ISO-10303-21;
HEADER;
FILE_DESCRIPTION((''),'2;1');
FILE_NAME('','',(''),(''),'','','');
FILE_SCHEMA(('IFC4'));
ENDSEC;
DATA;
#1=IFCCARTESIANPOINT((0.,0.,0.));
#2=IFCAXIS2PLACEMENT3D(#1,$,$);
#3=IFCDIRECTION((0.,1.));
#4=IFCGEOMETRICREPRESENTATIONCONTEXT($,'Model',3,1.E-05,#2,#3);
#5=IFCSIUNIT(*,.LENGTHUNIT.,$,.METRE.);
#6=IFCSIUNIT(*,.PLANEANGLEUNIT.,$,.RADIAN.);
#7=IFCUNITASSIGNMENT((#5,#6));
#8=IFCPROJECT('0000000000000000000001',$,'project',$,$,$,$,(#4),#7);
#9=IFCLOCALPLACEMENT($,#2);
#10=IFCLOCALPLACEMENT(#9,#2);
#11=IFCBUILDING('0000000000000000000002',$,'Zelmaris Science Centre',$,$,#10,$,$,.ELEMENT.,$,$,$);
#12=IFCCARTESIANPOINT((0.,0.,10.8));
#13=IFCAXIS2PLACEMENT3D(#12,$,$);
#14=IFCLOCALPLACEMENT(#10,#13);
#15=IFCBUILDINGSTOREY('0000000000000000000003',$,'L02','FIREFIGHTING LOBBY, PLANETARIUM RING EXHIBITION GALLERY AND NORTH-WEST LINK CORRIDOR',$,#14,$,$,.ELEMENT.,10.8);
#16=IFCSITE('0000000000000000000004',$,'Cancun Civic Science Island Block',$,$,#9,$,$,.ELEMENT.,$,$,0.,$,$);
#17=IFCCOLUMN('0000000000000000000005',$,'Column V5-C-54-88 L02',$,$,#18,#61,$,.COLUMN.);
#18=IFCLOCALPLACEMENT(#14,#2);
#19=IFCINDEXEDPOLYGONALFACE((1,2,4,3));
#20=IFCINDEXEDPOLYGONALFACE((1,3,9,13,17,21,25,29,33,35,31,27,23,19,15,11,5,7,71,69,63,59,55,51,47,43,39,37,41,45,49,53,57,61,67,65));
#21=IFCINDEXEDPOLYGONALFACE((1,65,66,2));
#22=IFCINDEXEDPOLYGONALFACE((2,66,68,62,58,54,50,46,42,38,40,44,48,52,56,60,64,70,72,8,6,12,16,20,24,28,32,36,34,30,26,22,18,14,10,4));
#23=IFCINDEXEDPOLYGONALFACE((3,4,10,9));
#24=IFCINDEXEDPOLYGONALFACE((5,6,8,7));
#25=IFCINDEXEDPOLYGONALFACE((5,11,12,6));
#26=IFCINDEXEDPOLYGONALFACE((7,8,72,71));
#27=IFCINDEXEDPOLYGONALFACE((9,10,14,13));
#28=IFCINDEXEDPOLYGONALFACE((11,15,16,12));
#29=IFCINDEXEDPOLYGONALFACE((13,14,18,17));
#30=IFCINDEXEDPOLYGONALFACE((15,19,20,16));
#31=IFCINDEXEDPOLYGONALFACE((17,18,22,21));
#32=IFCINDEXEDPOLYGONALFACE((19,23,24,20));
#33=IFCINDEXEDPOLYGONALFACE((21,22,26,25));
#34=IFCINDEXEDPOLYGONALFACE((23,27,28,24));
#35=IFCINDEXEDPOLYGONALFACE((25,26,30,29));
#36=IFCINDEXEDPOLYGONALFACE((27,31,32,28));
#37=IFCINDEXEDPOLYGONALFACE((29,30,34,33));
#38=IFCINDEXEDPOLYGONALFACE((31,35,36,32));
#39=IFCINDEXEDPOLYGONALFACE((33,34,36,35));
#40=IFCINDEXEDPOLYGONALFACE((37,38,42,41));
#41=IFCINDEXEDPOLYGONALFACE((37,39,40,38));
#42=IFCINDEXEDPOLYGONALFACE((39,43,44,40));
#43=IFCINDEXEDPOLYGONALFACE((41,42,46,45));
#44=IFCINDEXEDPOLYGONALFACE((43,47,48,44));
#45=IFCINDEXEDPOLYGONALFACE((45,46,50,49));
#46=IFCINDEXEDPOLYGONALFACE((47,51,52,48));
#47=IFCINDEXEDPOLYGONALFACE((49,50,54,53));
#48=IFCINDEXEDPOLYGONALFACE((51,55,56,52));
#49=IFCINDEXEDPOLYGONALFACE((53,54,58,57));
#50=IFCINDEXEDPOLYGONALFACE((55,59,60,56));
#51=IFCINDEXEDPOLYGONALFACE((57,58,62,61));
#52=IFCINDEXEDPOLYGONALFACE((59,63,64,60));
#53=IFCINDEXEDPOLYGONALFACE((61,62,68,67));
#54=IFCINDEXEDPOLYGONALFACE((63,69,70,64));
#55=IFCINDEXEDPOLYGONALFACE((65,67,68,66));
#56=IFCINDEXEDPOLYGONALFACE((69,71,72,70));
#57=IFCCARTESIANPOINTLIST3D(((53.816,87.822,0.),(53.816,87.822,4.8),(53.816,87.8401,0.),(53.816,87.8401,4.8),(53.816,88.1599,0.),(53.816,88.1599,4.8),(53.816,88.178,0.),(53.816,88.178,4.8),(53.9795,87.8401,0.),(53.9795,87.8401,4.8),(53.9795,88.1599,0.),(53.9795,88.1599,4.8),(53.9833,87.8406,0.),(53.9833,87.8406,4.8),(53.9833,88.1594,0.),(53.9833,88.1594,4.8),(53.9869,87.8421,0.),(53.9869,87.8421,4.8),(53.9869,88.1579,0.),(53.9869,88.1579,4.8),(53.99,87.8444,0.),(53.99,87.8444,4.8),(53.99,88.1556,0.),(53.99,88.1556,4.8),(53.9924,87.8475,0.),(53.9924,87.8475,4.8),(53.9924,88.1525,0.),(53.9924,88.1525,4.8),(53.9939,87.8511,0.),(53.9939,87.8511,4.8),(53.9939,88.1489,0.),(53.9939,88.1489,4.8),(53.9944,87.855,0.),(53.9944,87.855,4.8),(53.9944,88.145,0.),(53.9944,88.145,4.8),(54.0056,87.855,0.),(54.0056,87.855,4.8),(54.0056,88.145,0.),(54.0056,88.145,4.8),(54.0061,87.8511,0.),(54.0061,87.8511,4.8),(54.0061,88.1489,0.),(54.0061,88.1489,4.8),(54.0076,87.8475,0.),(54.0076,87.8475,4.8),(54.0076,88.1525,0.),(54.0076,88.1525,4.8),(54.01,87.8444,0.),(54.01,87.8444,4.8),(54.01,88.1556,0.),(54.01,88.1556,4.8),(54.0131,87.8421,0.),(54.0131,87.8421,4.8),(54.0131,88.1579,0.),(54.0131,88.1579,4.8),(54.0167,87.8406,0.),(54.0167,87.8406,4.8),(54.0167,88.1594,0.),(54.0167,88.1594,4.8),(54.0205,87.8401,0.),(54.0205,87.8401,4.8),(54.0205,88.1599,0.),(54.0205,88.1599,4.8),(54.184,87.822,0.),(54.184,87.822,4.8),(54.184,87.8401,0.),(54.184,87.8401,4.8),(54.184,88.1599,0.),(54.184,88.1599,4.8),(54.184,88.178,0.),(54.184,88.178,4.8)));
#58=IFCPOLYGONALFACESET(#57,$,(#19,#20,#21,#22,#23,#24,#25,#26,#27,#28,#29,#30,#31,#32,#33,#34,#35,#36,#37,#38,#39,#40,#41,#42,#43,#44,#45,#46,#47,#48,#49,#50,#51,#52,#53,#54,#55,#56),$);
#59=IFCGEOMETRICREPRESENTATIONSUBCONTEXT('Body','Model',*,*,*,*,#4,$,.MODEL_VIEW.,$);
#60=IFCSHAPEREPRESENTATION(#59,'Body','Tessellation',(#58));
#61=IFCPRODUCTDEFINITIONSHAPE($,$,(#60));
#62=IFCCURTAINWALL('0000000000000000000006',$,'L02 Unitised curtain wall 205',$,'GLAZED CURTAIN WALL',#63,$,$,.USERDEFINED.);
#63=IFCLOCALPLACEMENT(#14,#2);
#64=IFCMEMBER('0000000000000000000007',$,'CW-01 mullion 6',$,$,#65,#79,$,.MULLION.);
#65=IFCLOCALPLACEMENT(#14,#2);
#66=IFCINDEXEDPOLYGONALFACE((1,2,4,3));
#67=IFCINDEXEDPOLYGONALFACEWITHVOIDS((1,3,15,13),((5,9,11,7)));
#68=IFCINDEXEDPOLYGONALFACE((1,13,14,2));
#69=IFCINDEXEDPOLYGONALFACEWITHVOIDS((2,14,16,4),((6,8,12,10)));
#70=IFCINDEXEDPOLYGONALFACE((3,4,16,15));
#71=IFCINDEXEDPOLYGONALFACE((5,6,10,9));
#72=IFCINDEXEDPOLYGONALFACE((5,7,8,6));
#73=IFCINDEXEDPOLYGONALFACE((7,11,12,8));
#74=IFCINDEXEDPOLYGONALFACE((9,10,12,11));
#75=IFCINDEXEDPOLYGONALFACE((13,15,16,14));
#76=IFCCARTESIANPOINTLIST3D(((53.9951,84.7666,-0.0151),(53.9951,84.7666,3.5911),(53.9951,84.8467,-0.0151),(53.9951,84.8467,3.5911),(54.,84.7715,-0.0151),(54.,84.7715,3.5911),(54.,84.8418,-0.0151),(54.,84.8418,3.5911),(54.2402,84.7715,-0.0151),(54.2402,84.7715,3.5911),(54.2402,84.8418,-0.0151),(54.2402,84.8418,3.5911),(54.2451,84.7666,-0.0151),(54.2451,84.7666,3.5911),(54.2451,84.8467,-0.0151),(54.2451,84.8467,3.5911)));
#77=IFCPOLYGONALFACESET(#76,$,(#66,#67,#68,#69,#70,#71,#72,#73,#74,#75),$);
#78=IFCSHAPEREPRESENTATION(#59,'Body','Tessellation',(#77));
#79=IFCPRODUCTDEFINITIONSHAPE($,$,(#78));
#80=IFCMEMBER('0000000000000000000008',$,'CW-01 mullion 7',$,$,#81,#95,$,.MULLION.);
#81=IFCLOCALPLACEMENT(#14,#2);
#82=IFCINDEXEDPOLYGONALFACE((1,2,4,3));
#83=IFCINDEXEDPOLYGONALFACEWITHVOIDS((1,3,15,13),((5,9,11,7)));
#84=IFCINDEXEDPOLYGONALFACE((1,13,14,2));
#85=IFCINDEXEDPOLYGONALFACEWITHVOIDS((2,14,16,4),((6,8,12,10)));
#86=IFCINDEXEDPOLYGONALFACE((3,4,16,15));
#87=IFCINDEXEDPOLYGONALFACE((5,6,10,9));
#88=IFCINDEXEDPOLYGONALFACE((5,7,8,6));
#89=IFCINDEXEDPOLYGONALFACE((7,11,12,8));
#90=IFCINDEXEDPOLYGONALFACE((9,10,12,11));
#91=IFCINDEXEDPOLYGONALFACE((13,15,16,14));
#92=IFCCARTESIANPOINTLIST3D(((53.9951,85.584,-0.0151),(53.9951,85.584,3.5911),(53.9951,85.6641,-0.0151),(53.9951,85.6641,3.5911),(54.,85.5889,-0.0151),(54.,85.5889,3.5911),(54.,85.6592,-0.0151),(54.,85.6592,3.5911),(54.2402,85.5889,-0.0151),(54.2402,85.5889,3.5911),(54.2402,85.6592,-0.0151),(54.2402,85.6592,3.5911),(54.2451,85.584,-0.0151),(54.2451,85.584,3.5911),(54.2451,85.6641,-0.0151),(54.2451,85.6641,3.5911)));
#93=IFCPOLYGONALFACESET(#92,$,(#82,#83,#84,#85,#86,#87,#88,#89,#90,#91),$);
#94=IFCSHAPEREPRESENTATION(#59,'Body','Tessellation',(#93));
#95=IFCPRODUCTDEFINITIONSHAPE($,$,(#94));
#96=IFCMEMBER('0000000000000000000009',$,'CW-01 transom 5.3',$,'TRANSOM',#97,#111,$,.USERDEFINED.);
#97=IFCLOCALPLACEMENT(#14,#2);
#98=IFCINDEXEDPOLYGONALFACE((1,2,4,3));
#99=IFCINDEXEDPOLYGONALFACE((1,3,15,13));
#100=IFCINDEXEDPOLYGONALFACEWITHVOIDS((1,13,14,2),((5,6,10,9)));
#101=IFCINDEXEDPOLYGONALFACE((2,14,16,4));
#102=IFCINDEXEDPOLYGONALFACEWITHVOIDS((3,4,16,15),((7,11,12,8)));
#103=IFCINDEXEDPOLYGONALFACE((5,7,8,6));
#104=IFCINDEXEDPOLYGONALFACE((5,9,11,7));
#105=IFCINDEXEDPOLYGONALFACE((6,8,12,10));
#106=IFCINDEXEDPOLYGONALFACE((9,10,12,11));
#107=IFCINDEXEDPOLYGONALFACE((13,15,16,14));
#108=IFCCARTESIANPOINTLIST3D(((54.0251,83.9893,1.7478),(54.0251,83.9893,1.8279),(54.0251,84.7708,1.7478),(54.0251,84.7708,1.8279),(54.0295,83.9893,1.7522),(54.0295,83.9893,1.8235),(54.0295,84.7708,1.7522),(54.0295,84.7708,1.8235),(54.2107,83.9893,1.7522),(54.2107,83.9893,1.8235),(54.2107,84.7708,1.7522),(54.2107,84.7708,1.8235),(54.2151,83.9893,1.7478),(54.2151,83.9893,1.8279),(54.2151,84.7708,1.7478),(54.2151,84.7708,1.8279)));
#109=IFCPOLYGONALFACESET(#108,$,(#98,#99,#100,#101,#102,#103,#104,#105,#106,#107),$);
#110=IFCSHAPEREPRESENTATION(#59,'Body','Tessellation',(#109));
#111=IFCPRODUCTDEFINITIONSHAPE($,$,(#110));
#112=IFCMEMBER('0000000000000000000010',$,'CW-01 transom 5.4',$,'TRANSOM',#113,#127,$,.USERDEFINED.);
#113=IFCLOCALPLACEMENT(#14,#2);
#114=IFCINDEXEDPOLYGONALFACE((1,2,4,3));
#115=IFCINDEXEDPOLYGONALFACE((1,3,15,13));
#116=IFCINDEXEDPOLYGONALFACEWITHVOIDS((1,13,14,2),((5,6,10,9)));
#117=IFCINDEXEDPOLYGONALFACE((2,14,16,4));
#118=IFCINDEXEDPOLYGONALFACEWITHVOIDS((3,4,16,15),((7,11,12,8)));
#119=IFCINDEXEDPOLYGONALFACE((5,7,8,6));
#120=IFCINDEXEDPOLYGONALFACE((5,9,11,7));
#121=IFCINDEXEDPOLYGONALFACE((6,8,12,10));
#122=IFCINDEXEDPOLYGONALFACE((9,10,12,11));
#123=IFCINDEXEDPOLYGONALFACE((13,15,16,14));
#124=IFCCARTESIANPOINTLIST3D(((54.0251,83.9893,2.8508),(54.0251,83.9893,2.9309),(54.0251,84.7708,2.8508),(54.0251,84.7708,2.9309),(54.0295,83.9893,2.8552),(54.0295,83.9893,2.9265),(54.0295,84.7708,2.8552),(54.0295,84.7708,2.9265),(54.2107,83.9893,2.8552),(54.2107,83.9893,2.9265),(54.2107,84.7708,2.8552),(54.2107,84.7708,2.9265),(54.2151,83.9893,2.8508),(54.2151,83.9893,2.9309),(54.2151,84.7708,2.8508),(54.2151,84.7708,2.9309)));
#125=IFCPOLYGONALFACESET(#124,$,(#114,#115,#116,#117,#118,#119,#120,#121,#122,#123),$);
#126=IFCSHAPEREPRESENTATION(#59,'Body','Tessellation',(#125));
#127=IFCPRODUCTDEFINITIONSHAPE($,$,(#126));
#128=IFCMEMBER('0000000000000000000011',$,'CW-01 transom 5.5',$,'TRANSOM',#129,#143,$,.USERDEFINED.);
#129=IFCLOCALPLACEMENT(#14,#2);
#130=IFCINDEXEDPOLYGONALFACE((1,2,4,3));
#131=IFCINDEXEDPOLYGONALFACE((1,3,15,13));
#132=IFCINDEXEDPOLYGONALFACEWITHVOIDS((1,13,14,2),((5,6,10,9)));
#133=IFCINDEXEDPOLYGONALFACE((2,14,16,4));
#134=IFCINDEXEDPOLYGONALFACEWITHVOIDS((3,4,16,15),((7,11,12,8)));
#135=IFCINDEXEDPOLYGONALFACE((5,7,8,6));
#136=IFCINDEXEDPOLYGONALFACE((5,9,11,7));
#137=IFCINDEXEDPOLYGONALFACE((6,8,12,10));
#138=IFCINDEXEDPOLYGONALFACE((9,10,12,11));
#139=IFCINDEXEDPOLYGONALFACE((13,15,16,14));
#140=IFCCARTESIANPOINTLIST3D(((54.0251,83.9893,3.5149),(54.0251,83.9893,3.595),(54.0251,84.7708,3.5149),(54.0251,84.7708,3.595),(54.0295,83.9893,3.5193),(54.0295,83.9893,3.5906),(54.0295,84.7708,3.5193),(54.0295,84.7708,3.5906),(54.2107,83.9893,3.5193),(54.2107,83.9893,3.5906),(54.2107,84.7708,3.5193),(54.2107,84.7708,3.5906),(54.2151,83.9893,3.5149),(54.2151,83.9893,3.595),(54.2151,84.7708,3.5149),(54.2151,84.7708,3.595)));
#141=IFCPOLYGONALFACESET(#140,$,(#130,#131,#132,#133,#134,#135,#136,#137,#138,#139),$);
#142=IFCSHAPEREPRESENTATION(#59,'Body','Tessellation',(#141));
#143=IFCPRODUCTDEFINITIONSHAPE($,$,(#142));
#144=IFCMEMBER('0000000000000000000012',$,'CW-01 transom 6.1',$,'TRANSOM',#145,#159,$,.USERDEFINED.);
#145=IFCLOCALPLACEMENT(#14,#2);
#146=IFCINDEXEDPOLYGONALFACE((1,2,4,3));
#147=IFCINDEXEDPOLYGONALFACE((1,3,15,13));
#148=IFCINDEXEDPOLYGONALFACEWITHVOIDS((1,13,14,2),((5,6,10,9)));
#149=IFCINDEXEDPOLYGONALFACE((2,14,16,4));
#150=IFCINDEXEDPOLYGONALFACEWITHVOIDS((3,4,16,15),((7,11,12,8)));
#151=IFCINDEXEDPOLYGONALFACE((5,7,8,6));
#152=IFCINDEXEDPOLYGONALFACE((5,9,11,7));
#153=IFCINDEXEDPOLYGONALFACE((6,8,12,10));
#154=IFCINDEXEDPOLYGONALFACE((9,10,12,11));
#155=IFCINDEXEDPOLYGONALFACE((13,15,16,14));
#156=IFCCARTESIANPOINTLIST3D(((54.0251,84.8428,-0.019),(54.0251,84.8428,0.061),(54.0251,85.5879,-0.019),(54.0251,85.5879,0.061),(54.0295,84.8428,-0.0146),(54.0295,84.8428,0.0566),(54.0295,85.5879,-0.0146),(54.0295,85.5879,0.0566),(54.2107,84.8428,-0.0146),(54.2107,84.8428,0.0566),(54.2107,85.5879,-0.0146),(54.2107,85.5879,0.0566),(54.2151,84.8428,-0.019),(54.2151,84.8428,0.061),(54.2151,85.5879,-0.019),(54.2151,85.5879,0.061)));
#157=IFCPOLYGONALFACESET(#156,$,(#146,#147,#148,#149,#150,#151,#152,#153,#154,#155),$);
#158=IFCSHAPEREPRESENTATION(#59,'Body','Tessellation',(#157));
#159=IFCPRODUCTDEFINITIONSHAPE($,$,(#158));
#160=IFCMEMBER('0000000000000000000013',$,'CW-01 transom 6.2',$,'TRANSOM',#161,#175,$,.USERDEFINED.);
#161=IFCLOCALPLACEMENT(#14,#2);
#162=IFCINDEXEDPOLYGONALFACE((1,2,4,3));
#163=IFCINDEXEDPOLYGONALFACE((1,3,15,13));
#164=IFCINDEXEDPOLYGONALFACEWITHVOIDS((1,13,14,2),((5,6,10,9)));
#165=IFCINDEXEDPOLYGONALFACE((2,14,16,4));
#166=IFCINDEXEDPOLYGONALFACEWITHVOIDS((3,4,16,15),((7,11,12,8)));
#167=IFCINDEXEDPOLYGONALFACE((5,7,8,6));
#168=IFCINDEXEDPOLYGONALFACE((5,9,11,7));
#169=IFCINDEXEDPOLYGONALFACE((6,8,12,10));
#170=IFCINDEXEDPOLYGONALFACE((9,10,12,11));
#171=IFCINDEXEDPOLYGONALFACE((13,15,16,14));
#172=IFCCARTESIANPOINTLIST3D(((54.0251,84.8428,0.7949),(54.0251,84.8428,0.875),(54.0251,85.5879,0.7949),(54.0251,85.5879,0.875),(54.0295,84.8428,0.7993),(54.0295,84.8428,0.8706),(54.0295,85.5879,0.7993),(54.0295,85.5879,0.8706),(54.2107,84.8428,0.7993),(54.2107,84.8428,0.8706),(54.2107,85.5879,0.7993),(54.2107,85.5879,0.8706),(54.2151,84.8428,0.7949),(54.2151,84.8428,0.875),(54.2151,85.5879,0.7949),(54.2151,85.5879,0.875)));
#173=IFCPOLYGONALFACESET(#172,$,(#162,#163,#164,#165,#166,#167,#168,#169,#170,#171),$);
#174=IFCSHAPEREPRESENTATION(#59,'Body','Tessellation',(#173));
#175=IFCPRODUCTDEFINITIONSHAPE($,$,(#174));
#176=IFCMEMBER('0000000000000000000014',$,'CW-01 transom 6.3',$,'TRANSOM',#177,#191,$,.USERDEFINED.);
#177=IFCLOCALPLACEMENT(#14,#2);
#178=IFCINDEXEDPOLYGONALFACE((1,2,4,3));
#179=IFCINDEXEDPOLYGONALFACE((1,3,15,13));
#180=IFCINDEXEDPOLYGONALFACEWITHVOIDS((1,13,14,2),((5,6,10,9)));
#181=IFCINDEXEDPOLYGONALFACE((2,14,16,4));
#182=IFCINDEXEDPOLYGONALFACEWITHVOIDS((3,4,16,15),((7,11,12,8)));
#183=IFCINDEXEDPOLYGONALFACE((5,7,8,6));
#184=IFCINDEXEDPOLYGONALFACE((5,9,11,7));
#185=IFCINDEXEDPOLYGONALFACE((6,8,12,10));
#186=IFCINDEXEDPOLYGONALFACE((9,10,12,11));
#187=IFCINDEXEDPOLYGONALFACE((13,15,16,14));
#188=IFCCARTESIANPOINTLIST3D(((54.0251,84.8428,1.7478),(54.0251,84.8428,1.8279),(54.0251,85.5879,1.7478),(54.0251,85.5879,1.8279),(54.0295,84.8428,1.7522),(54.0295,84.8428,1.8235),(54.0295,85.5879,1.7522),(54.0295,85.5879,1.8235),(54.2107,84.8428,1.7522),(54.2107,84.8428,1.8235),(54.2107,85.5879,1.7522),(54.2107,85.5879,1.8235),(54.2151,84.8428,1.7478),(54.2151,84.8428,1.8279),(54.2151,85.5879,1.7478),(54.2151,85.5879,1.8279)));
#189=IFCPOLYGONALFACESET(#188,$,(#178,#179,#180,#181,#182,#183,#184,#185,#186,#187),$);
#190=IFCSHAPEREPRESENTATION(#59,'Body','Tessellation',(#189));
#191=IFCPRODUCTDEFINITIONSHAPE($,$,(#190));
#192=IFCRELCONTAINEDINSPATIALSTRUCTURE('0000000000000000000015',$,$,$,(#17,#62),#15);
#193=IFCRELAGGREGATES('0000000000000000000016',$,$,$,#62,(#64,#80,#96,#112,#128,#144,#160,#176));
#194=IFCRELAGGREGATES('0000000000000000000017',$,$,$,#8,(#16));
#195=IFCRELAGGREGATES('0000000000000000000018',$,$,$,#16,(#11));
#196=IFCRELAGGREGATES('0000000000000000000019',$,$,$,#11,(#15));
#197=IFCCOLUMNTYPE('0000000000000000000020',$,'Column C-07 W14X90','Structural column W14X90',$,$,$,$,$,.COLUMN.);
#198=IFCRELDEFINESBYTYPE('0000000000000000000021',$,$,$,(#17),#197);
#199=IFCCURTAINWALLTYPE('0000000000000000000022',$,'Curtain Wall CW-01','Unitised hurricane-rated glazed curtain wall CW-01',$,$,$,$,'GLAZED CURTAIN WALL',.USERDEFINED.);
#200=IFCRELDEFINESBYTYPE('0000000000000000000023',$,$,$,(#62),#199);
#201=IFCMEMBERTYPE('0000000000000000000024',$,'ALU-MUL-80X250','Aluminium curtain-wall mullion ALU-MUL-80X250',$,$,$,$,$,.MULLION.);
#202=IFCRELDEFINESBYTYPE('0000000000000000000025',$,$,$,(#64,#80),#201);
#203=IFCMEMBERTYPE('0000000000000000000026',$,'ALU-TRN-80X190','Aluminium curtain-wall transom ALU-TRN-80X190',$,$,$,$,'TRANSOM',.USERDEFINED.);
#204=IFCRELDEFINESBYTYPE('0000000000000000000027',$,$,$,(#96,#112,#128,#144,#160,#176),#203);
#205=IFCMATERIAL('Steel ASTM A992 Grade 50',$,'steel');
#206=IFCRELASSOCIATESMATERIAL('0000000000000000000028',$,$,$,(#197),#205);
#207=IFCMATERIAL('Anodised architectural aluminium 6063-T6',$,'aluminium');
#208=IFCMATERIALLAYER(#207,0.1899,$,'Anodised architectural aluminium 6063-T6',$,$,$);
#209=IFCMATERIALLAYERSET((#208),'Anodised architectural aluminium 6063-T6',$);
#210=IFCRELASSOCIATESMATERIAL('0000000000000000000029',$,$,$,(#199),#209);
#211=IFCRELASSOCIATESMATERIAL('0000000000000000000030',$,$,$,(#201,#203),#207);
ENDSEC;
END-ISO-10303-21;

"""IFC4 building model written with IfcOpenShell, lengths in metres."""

from ifc_helpers import new_model, si_unit, direction, frame, origin, origin_2d, place, context, subcontext, project, spatial, hollow_rectangle, i_section, extrude, material, layer, layer_set, material_profile, profile_set, type_object, element, aggregate, save


model = new_model("IFC4")

# Units and contexts
model_context = context("Model", 3, precision=1e-05, world=origin(), true_north=direction((0.0, 1.0)))
body_context = subcontext(model_context, "Body", "Model", "MODEL_VIEW")
ifc_project = project(units=[si_unit("LENGTHUNIT", "METRE"), si_unit("PLANEANGLEUNIT", "RADIAN")], contexts=[model_context])

# Site, building, storey
site_placement = place(None, origin())
site = spatial("IfcSite", under=ifc_project, at=site_placement, Name="Cancun Civic Science Island Block", CompositionType="ELEMENT", RefElevation=0.0)
building_placement = place(site_placement, origin())
building = spatial("IfcBuilding", under=site, at=building_placement, Name="Zelmaris Science Centre", CompositionType="ELEMENT")
storey_placement = place(building_placement, frame((0.0, 0.0, 10.8)))
storey = spatial("IfcBuildingStorey", under=building, at=storey_placement, Name="L02", Description="FIREFIGHTING LOBBY, PLANETARIUM RING EXHIBITION GALLERY AND NORTH-WEST LINK CORRIDOR", CompositionType="ELEMENT", Elevation=10.8)

# Column
ifc_material_1 = material(Name="Steel ASTM A992 Grade 50", Category="steel")
ifc_material_profile_1 = material_profile(ifc_material_1, i_section(OverallWidth=0.3679, OverallDepth=0.356, WebThickness=0.0112, FlangeThickness=0.0181, FilletRadius=0.0149, at=origin_2d()), Name="W14X90")
ifc_profile_set_1 = profile_set([ifc_material_profile_1], Name="Steel ASTM A992 Grade 50")
column_type = type_object("IfcColumnType", Name="Column C-07 W14X90", Description="Structural column W14X90", PredefinedType="COLUMN", material=ifc_profile_set_1)
column_placement = place(storey_placement, frame((54.0, 88.0, 0.0), z_axis=(0.0, 0.0, 1.0), x_axis=(1.0, 0.0, 0.0)))
element("IfcColumn", 1, at=column_placement, inside=storey, type_object=column_type, Name="Column V5-C-54-88 L02", PredefinedType="COLUMN", context=body_context, shape_type="SweptSolid", body=[
    extrude(i_section(OverallWidth=0.3679, OverallDepth=0.356, WebThickness=0.0112, FlangeThickness=0.0181, FilletRadius=0.0149, at=origin_2d()), origin(), (0.0, 0.0, 1.0), 4.8),
])

# Curtain wall, members
ifc_material_2 = material(Name="Anodised architectural aluminium 6063-T6", Category="aluminium")
ifc_layer_1 = layer(ifc_material_2, 0.1899, Name="Anodised architectural aluminium 6063-T6")
ifc_layer_set_1 = layer_set([ifc_layer_1], Name="Anodised architectural aluminium 6063-T6")
curtain_wall_type = type_object("IfcCurtainWallType", Name="Curtain Wall CW-01", Description="Unitised hurricane-rated glazed curtain wall CW-01", ElementType="GLAZED CURTAIN WALL", PredefinedType="USERDEFINED", material=ifc_layer_set_1)
curtain_wall_placement = place(storey_placement, origin())
curtain_wall = element("IfcCurtainWall", 2, at=curtain_wall_placement, inside=storey, type_object=curtain_wall_type, Name="L02 Unitised curtain wall 205", ObjectType="GLAZED CURTAIN WALL", PredefinedType="USERDEFINED")
ifc_material_profile_2 = material_profile(ifc_material_2, hollow_rectangle(XDim=0.0801, YDim=0.25, WallThickness=0.0049, at=origin_2d()), Name="ALU-MUL-80X250")
ifc_profile_set_2 = profile_set([ifc_material_profile_2], Name="Anodised architectural aluminium 6063-T6")
member_type_1 = type_object("IfcMemberType", Name="ALU-MUL-80X250", Description="Aluminium curtain-wall mullion ALU-MUL-80X250", PredefinedType="MULLION", material=ifc_profile_set_2)
member_1_placement = place(storey_placement, frame((54.1201, 84.8066, -0.0151), z_axis=(0.0, 0.0, 1.0), x_axis=(0.000007, 1.0, 0.0)))
member_1 = element("IfcMember", 3, at=member_1_placement, type_object=member_type_1, Name="CW-01 mullion 6", PredefinedType="MULLION", context=body_context, shape_type="SweptSolid", body=[
    extrude(hollow_rectangle(XDim=0.0801, YDim=0.25, WallThickness=0.0049, at=origin_2d()), origin(), (0.0, 0.0, 1.0), 3.6062),
])
member_2_placement = place(storey_placement, frame((54.1201, 85.624, -0.0151), z_axis=(0.0, 0.0, 1.0), x_axis=(0.000007, 1.0, 0.0)))
member_2 = element("IfcMember", 4, at=member_2_placement, type_object=member_type_1, Name="CW-01 mullion 7", PredefinedType="MULLION", context=body_context, shape_type="SweptSolid", body=[
    extrude(hollow_rectangle(XDim=0.0801, YDim=0.25, WallThickness=0.0049, at=origin_2d()), origin(), (0.0, 0.0, 1.0), 3.6062),
])
ifc_material_profile_3 = material_profile(ifc_material_2, hollow_rectangle(XDim=0.0801, YDim=0.1899, WallThickness=0.0044, at=origin_2d()), Name="ALU-TRN-80X190")
ifc_profile_set_3 = profile_set([ifc_material_profile_3], Name="Anodised architectural aluminium 6063-T6")
member_type_2 = type_object("IfcMemberType", Name="ALU-TRN-80X190", Description="Aluminium curtain-wall transom ALU-TRN-80X190", ElementType="TRANSOM", PredefinedType="USERDEFINED", material=ifc_profile_set_3)
member_3_placement = place(storey_placement, frame((54.1201, 83.9893, 1.7878), z_axis=(0.0, 1.0, 0.0), x_axis=(0.0, 0.0, 1.0)))
member_3 = element("IfcMember", 5, at=member_3_placement, type_object=member_type_2, Name="CW-01 transom 5.3", ObjectType="TRANSOM", PredefinedType="USERDEFINED", context=body_context, shape_type="SweptSolid", body=[
    extrude(hollow_rectangle(XDim=0.0801, YDim=0.1899, WallThickness=0.0044, at=origin_2d()), origin(), (0.0, 0.0, 1.0), 0.7815),
])
member_4_placement = place(storey_placement, frame((54.1201, 83.9893, 2.8909), z_axis=(0.0, 1.0, 0.0), x_axis=(0.0, 0.0, 1.0)))
member_4 = element("IfcMember", 6, at=member_4_placement, type_object=member_type_2, Name="CW-01 transom 5.4", ObjectType="TRANSOM", PredefinedType="USERDEFINED", context=body_context, shape_type="SweptSolid", body=[
    extrude(hollow_rectangle(XDim=0.0801, YDim=0.1899, WallThickness=0.0044, at=origin_2d()), origin(), (0.0, 0.0, 1.0), 0.7815),
])
member_5_placement = place(storey_placement, frame((54.1201, 83.9893, 3.5549), z_axis=(0.0, 1.0, 0.0), x_axis=(0.0, 0.0, 1.0)))
member_5 = element("IfcMember", 7, at=member_5_placement, type_object=member_type_2, Name="CW-01 transom 5.5", ObjectType="TRANSOM", PredefinedType="USERDEFINED", context=body_context, shape_type="SweptSolid", body=[
    extrude(hollow_rectangle(XDim=0.0801, YDim=0.1899, WallThickness=0.0044, at=origin_2d()), origin(), (0.0, 0.0, 1.0), 0.7815),
])
member_6_placement = place(storey_placement, frame((54.1201, 84.8428, 0.021), z_axis=(0.0, 1.0, 0.0), x_axis=(0.0, 0.0, 1.0)))
member_6 = element("IfcMember", 8, at=member_6_placement, type_object=member_type_2, Name="CW-01 transom 6.1", ObjectType="TRANSOM", PredefinedType="USERDEFINED", context=body_context, shape_type="SweptSolid", body=[
    extrude(hollow_rectangle(XDim=0.0801, YDim=0.1899, WallThickness=0.0044, at=origin_2d()), origin(), (0.0, 0.0, 1.0), 0.7451),
])
member_7_placement = place(storey_placement, frame((54.1201, 84.8428, 0.835), z_axis=(0.0, 1.0, 0.0), x_axis=(0.0, 0.0, 1.0)))
member_7 = element("IfcMember", 9, at=member_7_placement, type_object=member_type_2, Name="CW-01 transom 6.2", ObjectType="TRANSOM", PredefinedType="USERDEFINED", context=body_context, shape_type="SweptSolid", body=[
    extrude(hollow_rectangle(XDim=0.0801, YDim=0.1899, WallThickness=0.0044, at=origin_2d()), origin(), (0.0, 0.0, 1.0), 0.7451),
])
member_8_placement = place(storey_placement, frame((54.1201, 84.8428, 1.7878), z_axis=(0.0, 1.0, 0.0), x_axis=(0.0, 0.0, 1.0)))
member_8 = element("IfcMember", 10, at=member_8_placement, type_object=member_type_2, Name="CW-01 transom 6.3", ObjectType="TRANSOM", PredefinedType="USERDEFINED", context=body_context, shape_type="SweptSolid", body=[
    extrude(hollow_rectangle(XDim=0.0801, YDim=0.1899, WallThickness=0.0044, at=origin_2d()), origin(), (0.0, 0.0, 1.0), 0.7451),
])

aggregate(curtain_wall, [member_1, member_2, member_3, member_4, member_5, member_6, member_7, member_8])

save(model, "model.ifc")
